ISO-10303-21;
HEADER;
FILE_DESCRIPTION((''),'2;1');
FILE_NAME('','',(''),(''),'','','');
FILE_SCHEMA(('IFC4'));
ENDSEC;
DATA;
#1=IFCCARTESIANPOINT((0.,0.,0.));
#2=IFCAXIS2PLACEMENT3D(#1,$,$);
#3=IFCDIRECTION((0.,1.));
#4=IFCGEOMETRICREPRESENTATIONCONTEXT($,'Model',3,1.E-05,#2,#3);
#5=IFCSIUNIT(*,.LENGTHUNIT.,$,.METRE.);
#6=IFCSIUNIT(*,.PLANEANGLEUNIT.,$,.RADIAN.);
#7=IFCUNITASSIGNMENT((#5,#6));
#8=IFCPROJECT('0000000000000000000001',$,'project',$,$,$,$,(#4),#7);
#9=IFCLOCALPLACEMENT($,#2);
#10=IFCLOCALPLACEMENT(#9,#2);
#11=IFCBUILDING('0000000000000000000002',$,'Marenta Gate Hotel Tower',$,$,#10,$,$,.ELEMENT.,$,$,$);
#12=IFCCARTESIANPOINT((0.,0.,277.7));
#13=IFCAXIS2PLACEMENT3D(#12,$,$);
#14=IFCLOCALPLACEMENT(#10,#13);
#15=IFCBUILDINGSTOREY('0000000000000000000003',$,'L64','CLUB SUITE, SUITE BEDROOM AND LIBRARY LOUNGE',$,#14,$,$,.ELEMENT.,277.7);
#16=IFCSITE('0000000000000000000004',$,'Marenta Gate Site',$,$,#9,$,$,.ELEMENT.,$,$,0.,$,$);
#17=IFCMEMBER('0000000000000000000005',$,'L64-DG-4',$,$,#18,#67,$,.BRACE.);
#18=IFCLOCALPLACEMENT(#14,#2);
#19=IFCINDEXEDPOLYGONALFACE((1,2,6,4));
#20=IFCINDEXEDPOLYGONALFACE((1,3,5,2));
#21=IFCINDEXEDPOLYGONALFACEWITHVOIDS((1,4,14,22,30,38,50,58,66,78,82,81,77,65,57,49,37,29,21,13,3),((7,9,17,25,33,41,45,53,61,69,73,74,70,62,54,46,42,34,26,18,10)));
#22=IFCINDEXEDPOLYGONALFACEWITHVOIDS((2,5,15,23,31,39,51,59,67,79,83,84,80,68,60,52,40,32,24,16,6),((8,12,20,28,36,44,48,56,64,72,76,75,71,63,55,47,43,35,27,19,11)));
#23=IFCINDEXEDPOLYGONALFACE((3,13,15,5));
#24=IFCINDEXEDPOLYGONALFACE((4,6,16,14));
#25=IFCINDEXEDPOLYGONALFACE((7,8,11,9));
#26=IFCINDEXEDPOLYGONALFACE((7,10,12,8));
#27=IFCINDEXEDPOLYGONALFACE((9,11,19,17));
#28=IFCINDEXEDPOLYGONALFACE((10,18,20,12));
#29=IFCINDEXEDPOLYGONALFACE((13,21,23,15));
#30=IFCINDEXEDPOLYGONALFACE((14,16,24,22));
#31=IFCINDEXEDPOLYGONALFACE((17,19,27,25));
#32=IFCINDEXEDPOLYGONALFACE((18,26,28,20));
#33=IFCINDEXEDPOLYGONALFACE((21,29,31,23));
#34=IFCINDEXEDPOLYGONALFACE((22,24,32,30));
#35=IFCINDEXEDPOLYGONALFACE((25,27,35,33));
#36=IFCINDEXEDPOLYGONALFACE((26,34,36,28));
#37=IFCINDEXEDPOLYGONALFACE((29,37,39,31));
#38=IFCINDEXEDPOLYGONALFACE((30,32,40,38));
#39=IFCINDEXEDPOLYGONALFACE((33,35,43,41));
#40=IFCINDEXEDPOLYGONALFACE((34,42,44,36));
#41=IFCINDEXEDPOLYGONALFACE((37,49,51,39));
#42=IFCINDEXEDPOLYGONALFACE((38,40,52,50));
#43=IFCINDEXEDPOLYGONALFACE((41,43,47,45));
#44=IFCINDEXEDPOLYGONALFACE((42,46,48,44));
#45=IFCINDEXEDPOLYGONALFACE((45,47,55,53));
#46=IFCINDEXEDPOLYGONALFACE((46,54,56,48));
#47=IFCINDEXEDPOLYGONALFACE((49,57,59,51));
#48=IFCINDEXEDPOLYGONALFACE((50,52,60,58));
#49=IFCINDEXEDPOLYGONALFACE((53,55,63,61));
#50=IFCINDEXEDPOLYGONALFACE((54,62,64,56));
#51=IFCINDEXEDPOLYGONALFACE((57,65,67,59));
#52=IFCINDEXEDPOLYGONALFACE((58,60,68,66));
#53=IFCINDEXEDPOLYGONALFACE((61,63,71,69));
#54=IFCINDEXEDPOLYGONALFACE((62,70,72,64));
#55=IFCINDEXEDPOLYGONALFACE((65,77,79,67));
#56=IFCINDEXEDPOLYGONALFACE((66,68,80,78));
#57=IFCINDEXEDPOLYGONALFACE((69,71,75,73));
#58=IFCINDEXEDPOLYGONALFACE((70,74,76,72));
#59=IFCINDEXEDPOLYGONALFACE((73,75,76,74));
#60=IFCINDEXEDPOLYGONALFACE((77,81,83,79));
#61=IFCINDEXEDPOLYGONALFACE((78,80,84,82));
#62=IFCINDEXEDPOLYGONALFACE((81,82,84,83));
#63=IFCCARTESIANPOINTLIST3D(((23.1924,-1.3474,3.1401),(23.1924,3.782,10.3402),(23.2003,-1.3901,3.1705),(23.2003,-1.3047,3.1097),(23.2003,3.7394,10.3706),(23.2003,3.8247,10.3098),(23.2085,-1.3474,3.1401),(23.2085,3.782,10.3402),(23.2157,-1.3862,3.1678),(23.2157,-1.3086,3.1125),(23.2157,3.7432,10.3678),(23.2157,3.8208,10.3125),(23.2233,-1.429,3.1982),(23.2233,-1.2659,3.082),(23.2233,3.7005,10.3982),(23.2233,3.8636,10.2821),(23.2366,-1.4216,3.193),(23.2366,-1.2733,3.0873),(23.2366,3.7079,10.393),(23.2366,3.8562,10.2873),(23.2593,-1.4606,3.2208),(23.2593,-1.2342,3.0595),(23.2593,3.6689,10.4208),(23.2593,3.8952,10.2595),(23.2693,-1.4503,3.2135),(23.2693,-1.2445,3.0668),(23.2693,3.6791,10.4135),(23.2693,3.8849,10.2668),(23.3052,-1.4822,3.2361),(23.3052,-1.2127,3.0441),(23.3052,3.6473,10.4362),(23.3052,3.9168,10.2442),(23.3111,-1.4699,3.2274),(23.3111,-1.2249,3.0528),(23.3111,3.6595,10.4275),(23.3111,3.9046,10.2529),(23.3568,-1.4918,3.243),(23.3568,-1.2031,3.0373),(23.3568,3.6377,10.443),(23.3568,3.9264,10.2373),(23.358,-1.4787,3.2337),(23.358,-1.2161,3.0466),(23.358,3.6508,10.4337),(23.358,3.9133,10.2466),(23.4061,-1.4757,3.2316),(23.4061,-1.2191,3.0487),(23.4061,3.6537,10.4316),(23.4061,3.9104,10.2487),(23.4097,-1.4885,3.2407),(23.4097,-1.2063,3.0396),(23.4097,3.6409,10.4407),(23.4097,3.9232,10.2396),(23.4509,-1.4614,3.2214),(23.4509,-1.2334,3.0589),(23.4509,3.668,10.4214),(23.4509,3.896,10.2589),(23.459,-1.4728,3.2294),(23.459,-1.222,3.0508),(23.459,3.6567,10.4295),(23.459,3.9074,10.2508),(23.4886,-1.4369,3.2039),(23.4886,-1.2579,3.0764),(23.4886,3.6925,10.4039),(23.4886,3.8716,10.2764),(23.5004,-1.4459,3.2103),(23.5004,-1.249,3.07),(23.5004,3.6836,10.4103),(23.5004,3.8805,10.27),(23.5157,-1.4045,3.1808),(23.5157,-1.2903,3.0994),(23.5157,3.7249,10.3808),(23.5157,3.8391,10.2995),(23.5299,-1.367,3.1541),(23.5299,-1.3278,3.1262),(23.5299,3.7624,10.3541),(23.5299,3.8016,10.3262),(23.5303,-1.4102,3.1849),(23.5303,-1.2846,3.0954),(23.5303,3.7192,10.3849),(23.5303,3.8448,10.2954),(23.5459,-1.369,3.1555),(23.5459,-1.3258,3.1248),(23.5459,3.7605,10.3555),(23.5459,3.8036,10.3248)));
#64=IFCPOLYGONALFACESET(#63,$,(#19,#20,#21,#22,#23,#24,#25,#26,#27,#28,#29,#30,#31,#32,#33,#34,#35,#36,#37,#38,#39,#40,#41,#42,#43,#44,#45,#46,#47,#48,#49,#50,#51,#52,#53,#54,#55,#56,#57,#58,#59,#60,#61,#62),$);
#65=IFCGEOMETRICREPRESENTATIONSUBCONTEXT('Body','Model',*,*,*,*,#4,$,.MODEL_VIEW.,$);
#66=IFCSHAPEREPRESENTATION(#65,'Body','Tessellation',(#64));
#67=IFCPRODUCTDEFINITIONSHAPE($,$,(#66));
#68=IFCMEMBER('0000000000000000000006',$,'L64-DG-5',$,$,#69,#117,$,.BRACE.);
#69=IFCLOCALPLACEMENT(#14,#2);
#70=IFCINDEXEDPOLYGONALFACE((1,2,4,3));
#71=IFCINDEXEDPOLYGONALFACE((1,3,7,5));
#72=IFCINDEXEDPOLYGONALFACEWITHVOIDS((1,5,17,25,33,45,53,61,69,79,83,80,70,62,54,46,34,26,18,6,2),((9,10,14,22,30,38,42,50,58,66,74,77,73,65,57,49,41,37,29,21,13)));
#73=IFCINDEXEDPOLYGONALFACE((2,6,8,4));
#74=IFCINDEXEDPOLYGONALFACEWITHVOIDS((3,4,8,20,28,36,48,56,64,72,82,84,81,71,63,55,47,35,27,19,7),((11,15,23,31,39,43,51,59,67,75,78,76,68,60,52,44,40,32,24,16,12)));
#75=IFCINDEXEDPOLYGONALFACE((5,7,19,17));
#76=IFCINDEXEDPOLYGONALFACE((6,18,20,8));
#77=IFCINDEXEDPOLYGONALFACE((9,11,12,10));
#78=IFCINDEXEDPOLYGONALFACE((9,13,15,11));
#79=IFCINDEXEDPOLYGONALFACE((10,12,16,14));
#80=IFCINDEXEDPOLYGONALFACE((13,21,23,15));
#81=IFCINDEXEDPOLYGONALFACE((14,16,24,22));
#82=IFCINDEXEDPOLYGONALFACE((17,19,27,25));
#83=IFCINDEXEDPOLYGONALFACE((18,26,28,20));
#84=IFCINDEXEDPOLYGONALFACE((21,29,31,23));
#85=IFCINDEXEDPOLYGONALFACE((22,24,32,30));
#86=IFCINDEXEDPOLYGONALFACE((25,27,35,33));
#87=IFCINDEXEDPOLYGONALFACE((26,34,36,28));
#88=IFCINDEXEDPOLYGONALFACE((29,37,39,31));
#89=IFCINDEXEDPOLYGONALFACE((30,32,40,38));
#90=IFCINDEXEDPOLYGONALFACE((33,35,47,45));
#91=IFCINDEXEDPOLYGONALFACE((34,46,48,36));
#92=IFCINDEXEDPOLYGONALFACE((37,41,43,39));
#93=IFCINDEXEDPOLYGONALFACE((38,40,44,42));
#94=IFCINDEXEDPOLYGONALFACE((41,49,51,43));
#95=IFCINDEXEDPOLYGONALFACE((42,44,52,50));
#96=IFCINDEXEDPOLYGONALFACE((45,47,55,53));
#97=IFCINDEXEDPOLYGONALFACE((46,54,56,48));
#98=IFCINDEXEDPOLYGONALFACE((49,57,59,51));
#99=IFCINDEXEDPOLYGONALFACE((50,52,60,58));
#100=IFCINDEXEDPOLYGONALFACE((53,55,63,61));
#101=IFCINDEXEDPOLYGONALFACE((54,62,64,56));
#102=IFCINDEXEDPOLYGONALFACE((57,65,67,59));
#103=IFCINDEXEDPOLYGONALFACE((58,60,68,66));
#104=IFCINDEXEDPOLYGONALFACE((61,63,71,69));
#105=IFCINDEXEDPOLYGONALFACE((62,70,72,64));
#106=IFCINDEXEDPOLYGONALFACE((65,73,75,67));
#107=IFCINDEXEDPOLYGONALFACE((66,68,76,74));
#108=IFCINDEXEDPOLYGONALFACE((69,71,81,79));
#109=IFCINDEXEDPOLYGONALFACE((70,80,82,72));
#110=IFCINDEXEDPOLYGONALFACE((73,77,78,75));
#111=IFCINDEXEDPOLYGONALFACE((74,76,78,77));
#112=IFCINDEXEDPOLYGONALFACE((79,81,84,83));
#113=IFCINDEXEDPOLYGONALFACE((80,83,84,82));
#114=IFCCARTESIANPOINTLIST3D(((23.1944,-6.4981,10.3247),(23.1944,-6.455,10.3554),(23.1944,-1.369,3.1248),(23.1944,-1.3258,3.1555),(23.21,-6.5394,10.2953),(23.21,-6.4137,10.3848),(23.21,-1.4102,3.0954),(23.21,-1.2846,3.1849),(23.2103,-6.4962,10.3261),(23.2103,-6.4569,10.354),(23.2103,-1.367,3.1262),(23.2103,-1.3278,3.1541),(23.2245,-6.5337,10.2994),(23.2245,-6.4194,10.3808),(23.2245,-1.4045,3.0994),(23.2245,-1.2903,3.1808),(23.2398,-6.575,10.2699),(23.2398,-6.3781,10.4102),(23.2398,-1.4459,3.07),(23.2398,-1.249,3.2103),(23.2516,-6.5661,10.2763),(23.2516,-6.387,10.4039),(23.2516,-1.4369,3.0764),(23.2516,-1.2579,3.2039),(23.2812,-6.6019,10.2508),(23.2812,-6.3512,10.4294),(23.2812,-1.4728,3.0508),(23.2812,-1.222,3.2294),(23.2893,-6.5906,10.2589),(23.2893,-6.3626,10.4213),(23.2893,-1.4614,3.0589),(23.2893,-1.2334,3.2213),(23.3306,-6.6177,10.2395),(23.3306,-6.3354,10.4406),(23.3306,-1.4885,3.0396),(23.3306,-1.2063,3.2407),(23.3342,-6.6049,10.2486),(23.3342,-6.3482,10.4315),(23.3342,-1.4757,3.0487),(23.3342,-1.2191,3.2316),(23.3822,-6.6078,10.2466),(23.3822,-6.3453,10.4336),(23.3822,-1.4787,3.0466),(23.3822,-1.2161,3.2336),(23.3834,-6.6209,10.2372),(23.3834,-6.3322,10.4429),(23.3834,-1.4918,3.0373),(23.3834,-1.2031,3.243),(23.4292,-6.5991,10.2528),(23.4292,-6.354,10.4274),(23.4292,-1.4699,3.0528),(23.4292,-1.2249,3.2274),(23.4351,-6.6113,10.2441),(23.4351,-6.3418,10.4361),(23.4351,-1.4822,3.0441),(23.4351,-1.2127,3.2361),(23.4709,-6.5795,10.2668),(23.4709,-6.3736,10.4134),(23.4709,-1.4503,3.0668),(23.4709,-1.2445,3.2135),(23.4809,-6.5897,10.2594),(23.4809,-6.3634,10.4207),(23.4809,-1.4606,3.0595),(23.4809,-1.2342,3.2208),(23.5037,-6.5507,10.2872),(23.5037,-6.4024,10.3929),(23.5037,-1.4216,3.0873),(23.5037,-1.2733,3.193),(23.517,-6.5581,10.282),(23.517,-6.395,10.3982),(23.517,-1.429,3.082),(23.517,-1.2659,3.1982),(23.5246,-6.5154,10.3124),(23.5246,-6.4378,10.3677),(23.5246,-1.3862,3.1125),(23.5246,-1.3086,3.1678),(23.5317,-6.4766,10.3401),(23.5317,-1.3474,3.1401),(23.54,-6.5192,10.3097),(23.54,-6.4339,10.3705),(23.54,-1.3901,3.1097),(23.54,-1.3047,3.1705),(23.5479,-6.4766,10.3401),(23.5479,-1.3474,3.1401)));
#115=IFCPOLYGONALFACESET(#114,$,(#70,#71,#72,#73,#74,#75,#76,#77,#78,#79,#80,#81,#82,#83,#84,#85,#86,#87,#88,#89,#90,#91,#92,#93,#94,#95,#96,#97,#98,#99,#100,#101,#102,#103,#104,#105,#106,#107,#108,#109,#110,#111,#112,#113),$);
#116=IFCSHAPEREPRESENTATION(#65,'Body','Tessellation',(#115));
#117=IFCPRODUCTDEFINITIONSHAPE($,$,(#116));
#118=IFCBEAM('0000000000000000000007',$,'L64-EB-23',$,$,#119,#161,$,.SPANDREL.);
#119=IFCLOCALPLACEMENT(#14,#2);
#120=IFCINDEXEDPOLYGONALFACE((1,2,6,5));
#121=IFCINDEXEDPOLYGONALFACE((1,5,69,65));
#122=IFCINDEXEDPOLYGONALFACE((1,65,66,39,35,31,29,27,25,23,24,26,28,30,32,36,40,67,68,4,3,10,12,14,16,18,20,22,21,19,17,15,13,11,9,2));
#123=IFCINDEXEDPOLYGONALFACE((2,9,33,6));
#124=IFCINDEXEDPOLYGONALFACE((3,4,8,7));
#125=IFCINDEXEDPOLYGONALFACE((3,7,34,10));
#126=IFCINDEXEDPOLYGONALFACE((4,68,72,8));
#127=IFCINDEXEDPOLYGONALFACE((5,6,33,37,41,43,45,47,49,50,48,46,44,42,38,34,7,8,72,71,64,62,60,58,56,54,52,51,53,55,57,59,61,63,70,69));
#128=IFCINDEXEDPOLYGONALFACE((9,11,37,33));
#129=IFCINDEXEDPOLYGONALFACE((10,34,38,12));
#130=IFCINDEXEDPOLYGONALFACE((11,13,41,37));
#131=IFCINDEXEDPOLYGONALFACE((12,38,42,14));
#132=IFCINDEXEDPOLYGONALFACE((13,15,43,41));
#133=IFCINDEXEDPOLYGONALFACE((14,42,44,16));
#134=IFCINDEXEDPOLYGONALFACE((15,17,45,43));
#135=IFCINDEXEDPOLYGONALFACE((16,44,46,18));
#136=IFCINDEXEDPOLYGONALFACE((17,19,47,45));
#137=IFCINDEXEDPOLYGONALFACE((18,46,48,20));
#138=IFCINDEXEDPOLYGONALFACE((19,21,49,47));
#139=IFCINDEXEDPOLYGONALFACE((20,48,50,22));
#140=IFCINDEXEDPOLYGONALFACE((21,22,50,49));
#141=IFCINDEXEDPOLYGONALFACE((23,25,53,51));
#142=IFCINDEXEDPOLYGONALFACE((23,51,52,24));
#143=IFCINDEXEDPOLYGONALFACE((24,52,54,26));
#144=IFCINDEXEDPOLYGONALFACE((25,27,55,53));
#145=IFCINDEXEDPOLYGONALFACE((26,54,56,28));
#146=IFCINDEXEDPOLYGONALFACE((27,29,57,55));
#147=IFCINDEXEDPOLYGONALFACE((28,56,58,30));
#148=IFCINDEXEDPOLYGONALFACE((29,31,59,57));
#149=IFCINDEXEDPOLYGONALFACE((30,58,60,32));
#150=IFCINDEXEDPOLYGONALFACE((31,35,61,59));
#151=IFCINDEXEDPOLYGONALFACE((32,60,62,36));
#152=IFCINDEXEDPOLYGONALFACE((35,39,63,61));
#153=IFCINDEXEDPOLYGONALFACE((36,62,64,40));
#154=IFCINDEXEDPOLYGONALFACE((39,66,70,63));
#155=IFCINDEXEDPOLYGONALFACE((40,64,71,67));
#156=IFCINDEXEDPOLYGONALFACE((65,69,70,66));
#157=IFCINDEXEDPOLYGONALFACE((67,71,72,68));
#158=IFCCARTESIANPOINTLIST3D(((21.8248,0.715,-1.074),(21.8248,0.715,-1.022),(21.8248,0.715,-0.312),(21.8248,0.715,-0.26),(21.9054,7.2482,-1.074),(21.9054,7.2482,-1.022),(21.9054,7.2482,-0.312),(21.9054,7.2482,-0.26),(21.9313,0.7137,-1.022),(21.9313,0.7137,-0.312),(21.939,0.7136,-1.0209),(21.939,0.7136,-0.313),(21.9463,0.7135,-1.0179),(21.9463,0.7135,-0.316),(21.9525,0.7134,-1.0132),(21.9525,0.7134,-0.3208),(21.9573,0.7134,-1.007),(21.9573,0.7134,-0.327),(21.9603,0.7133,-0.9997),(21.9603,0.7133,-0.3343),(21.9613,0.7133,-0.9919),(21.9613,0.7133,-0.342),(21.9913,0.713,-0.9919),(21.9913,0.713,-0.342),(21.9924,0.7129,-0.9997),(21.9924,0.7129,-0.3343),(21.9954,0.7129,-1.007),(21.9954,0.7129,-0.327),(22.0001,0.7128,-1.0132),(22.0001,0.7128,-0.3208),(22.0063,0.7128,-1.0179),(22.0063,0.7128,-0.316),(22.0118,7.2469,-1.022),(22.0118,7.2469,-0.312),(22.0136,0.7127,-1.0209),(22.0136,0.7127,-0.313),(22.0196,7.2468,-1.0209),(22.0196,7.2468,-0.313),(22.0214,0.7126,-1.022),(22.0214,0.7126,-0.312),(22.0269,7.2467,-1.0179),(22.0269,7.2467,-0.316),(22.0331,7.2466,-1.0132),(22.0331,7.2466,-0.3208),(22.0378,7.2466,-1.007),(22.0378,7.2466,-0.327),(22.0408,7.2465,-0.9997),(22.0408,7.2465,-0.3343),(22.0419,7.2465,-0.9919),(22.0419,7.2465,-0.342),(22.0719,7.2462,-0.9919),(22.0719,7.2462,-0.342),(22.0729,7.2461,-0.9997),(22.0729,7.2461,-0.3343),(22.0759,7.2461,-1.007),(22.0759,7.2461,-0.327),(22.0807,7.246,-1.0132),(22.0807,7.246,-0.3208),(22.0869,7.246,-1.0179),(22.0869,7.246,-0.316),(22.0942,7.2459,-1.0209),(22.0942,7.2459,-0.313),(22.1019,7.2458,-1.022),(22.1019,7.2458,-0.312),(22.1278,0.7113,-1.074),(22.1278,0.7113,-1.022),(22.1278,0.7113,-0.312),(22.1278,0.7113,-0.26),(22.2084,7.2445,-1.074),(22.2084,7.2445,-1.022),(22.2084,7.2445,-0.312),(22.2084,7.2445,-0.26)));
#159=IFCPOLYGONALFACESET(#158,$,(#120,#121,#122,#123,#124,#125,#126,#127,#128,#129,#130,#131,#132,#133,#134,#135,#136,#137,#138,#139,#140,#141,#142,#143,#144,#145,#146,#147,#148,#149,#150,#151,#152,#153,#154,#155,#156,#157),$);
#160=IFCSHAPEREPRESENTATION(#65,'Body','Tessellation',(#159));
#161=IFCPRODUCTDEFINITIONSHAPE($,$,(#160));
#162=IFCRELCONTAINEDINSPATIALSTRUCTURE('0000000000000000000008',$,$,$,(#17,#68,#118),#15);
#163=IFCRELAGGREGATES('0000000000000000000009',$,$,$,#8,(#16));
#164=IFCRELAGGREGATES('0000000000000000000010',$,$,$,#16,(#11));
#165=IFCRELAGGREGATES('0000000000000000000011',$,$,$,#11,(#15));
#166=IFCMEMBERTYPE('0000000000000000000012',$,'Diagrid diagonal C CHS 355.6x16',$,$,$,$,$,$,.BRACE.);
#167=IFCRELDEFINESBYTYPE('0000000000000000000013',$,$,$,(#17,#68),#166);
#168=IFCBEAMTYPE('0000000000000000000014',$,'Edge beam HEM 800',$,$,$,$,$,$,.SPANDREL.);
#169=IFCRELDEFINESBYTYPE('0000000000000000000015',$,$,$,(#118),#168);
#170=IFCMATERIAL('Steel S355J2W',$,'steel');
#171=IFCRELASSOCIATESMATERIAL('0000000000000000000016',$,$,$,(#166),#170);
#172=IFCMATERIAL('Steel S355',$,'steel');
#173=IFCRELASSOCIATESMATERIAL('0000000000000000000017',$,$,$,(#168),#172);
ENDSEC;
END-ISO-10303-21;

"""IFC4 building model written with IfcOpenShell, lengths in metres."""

from ifc_helpers import new_model, si_unit, direction, frame, origin, origin_2d, place, context, subcontext, project, spatial, hollow_circle, i_section, extrude, material, material_profile, profile_set, type_object, element, save


model = new_model("IFC4")

# Units and contexts
model_context = context("Model", 3, precision=1e-05, world=origin(), true_north=direction((0.0, 1.0)))
body_context = subcontext(model_context, "Body", "Model", "MODEL_VIEW")
ifc_project = project(units=[si_unit("LENGTHUNIT", "METRE"), si_unit("PLANEANGLEUNIT", "RADIAN")], contexts=[model_context])

# Site, building, storey
site_placement = place(None, origin())
site = spatial("IfcSite", under=ifc_project, at=site_placement, Name="Marenta Gate Site", CompositionType="ELEMENT", RefElevation=0.0)
building_placement = place(site_placement, origin())
building = spatial("IfcBuilding", under=site, at=building_placement, Name="Marenta Gate Hotel Tower", CompositionType="ELEMENT")
storey_placement = place(building_placement, frame((0.0, 0.0, 277.7)))
storey = spatial("IfcBuildingStorey", under=building, at=storey_placement, Name="L64", Description="CLUB SUITE, SUITE BEDROOM AND LIBRARY LOUNGE", CompositionType="ELEMENT", Elevation=277.7)

# Members
ifc_material_1 = material(Name="Steel S355J2W", Category="steel")
ifc_material_profile_1 = material_profile(ifc_material_1, hollow_circle(Radius=0.1777, WallThickness=0.0161, at=origin_2d()), Name="CHS 355.6x16")
ifc_profile_set_1 = profile_set([ifc_material_profile_1], Name="Steel S355J2W")
member_type_1 = type_object("IfcMemberType", Name="Diagrid diagonal C CHS 355.6x16", PredefinedType="BRACE", material=ifc_profile_set_1)
member_1_placement = place(storey_placement, frame((23.3701, -1.3474, 3.1401), z_axis=(0.0, 0.580232, 0.814451), x_axis=(-1.0, 0.0, 0.0)))
element("IfcMember", 1, at=member_1_placement, inside=storey, type_object=member_type_1, Name="L64-DG-4", PredefinedType="BRACE", context=body_context, shape_type="SweptSolid", body=[
    extrude(hollow_circle(Radius=0.1777, WallThickness=0.0161, at=origin_2d()), origin(), (0.0, 0.0, 1.0), 8.8403),
])
member_2_placement = place(storey_placement, frame((23.3701, -1.3474, 3.1401), z_axis=(0.0, -0.580214, 0.814464), x_axis=(1.0, 0.0, 0.0)))
element("IfcMember", 2, at=member_2_placement, inside=storey, type_object=member_type_1, Name="L64-DG-5", PredefinedType="BRACE", context=body_context, shape_type="SweptSolid", body=[
    extrude(hollow_circle(Radius=0.1777, WallThickness=0.0161, at=origin_2d()), origin(), (0.0, 0.0, 1.0), 8.8401),
])

# Beam
ifc_material_2 = material(Name="Steel S355", Category="steel")
ifc_material_profile_2 = material_profile(ifc_material_2, i_section(OverallWidth=0.303, OverallDepth=0.814, WebThickness=0.03, FlangeThickness=0.052, FilletRadius=0.03, at=origin_2d()), Name="HEM 800")
ifc_profile_set_2 = profile_set([ifc_material_profile_2], Name="Steel S355")
beam_type_1 = type_object("IfcBeamType", Name="Edge beam HEM 800", PredefinedType="SPANDREL", material=ifc_profile_set_2)
beam_1_placement = place(storey_placement, frame((22.0569, 7.2463, -0.667), z_axis=(-0.012331, -0.999924, 0.0), x_axis=(0.999924, -0.012331, 0.0)))
element("IfcBeam", 3, at=beam_1_placement, inside=storey, type_object=beam_type_1, Name="L64-EB-23", PredefinedType="SPANDREL", context=body_context, shape_type="SweptSolid", body=[
    extrude(i_section(OverallWidth=0.303, OverallDepth=0.814, WebThickness=0.03, FlangeThickness=0.052, FilletRadius=0.03, at=origin_2d()), origin(), (0.0, 0.0, 1.0), 6.5337),
])

save(model, "model.ifc")
